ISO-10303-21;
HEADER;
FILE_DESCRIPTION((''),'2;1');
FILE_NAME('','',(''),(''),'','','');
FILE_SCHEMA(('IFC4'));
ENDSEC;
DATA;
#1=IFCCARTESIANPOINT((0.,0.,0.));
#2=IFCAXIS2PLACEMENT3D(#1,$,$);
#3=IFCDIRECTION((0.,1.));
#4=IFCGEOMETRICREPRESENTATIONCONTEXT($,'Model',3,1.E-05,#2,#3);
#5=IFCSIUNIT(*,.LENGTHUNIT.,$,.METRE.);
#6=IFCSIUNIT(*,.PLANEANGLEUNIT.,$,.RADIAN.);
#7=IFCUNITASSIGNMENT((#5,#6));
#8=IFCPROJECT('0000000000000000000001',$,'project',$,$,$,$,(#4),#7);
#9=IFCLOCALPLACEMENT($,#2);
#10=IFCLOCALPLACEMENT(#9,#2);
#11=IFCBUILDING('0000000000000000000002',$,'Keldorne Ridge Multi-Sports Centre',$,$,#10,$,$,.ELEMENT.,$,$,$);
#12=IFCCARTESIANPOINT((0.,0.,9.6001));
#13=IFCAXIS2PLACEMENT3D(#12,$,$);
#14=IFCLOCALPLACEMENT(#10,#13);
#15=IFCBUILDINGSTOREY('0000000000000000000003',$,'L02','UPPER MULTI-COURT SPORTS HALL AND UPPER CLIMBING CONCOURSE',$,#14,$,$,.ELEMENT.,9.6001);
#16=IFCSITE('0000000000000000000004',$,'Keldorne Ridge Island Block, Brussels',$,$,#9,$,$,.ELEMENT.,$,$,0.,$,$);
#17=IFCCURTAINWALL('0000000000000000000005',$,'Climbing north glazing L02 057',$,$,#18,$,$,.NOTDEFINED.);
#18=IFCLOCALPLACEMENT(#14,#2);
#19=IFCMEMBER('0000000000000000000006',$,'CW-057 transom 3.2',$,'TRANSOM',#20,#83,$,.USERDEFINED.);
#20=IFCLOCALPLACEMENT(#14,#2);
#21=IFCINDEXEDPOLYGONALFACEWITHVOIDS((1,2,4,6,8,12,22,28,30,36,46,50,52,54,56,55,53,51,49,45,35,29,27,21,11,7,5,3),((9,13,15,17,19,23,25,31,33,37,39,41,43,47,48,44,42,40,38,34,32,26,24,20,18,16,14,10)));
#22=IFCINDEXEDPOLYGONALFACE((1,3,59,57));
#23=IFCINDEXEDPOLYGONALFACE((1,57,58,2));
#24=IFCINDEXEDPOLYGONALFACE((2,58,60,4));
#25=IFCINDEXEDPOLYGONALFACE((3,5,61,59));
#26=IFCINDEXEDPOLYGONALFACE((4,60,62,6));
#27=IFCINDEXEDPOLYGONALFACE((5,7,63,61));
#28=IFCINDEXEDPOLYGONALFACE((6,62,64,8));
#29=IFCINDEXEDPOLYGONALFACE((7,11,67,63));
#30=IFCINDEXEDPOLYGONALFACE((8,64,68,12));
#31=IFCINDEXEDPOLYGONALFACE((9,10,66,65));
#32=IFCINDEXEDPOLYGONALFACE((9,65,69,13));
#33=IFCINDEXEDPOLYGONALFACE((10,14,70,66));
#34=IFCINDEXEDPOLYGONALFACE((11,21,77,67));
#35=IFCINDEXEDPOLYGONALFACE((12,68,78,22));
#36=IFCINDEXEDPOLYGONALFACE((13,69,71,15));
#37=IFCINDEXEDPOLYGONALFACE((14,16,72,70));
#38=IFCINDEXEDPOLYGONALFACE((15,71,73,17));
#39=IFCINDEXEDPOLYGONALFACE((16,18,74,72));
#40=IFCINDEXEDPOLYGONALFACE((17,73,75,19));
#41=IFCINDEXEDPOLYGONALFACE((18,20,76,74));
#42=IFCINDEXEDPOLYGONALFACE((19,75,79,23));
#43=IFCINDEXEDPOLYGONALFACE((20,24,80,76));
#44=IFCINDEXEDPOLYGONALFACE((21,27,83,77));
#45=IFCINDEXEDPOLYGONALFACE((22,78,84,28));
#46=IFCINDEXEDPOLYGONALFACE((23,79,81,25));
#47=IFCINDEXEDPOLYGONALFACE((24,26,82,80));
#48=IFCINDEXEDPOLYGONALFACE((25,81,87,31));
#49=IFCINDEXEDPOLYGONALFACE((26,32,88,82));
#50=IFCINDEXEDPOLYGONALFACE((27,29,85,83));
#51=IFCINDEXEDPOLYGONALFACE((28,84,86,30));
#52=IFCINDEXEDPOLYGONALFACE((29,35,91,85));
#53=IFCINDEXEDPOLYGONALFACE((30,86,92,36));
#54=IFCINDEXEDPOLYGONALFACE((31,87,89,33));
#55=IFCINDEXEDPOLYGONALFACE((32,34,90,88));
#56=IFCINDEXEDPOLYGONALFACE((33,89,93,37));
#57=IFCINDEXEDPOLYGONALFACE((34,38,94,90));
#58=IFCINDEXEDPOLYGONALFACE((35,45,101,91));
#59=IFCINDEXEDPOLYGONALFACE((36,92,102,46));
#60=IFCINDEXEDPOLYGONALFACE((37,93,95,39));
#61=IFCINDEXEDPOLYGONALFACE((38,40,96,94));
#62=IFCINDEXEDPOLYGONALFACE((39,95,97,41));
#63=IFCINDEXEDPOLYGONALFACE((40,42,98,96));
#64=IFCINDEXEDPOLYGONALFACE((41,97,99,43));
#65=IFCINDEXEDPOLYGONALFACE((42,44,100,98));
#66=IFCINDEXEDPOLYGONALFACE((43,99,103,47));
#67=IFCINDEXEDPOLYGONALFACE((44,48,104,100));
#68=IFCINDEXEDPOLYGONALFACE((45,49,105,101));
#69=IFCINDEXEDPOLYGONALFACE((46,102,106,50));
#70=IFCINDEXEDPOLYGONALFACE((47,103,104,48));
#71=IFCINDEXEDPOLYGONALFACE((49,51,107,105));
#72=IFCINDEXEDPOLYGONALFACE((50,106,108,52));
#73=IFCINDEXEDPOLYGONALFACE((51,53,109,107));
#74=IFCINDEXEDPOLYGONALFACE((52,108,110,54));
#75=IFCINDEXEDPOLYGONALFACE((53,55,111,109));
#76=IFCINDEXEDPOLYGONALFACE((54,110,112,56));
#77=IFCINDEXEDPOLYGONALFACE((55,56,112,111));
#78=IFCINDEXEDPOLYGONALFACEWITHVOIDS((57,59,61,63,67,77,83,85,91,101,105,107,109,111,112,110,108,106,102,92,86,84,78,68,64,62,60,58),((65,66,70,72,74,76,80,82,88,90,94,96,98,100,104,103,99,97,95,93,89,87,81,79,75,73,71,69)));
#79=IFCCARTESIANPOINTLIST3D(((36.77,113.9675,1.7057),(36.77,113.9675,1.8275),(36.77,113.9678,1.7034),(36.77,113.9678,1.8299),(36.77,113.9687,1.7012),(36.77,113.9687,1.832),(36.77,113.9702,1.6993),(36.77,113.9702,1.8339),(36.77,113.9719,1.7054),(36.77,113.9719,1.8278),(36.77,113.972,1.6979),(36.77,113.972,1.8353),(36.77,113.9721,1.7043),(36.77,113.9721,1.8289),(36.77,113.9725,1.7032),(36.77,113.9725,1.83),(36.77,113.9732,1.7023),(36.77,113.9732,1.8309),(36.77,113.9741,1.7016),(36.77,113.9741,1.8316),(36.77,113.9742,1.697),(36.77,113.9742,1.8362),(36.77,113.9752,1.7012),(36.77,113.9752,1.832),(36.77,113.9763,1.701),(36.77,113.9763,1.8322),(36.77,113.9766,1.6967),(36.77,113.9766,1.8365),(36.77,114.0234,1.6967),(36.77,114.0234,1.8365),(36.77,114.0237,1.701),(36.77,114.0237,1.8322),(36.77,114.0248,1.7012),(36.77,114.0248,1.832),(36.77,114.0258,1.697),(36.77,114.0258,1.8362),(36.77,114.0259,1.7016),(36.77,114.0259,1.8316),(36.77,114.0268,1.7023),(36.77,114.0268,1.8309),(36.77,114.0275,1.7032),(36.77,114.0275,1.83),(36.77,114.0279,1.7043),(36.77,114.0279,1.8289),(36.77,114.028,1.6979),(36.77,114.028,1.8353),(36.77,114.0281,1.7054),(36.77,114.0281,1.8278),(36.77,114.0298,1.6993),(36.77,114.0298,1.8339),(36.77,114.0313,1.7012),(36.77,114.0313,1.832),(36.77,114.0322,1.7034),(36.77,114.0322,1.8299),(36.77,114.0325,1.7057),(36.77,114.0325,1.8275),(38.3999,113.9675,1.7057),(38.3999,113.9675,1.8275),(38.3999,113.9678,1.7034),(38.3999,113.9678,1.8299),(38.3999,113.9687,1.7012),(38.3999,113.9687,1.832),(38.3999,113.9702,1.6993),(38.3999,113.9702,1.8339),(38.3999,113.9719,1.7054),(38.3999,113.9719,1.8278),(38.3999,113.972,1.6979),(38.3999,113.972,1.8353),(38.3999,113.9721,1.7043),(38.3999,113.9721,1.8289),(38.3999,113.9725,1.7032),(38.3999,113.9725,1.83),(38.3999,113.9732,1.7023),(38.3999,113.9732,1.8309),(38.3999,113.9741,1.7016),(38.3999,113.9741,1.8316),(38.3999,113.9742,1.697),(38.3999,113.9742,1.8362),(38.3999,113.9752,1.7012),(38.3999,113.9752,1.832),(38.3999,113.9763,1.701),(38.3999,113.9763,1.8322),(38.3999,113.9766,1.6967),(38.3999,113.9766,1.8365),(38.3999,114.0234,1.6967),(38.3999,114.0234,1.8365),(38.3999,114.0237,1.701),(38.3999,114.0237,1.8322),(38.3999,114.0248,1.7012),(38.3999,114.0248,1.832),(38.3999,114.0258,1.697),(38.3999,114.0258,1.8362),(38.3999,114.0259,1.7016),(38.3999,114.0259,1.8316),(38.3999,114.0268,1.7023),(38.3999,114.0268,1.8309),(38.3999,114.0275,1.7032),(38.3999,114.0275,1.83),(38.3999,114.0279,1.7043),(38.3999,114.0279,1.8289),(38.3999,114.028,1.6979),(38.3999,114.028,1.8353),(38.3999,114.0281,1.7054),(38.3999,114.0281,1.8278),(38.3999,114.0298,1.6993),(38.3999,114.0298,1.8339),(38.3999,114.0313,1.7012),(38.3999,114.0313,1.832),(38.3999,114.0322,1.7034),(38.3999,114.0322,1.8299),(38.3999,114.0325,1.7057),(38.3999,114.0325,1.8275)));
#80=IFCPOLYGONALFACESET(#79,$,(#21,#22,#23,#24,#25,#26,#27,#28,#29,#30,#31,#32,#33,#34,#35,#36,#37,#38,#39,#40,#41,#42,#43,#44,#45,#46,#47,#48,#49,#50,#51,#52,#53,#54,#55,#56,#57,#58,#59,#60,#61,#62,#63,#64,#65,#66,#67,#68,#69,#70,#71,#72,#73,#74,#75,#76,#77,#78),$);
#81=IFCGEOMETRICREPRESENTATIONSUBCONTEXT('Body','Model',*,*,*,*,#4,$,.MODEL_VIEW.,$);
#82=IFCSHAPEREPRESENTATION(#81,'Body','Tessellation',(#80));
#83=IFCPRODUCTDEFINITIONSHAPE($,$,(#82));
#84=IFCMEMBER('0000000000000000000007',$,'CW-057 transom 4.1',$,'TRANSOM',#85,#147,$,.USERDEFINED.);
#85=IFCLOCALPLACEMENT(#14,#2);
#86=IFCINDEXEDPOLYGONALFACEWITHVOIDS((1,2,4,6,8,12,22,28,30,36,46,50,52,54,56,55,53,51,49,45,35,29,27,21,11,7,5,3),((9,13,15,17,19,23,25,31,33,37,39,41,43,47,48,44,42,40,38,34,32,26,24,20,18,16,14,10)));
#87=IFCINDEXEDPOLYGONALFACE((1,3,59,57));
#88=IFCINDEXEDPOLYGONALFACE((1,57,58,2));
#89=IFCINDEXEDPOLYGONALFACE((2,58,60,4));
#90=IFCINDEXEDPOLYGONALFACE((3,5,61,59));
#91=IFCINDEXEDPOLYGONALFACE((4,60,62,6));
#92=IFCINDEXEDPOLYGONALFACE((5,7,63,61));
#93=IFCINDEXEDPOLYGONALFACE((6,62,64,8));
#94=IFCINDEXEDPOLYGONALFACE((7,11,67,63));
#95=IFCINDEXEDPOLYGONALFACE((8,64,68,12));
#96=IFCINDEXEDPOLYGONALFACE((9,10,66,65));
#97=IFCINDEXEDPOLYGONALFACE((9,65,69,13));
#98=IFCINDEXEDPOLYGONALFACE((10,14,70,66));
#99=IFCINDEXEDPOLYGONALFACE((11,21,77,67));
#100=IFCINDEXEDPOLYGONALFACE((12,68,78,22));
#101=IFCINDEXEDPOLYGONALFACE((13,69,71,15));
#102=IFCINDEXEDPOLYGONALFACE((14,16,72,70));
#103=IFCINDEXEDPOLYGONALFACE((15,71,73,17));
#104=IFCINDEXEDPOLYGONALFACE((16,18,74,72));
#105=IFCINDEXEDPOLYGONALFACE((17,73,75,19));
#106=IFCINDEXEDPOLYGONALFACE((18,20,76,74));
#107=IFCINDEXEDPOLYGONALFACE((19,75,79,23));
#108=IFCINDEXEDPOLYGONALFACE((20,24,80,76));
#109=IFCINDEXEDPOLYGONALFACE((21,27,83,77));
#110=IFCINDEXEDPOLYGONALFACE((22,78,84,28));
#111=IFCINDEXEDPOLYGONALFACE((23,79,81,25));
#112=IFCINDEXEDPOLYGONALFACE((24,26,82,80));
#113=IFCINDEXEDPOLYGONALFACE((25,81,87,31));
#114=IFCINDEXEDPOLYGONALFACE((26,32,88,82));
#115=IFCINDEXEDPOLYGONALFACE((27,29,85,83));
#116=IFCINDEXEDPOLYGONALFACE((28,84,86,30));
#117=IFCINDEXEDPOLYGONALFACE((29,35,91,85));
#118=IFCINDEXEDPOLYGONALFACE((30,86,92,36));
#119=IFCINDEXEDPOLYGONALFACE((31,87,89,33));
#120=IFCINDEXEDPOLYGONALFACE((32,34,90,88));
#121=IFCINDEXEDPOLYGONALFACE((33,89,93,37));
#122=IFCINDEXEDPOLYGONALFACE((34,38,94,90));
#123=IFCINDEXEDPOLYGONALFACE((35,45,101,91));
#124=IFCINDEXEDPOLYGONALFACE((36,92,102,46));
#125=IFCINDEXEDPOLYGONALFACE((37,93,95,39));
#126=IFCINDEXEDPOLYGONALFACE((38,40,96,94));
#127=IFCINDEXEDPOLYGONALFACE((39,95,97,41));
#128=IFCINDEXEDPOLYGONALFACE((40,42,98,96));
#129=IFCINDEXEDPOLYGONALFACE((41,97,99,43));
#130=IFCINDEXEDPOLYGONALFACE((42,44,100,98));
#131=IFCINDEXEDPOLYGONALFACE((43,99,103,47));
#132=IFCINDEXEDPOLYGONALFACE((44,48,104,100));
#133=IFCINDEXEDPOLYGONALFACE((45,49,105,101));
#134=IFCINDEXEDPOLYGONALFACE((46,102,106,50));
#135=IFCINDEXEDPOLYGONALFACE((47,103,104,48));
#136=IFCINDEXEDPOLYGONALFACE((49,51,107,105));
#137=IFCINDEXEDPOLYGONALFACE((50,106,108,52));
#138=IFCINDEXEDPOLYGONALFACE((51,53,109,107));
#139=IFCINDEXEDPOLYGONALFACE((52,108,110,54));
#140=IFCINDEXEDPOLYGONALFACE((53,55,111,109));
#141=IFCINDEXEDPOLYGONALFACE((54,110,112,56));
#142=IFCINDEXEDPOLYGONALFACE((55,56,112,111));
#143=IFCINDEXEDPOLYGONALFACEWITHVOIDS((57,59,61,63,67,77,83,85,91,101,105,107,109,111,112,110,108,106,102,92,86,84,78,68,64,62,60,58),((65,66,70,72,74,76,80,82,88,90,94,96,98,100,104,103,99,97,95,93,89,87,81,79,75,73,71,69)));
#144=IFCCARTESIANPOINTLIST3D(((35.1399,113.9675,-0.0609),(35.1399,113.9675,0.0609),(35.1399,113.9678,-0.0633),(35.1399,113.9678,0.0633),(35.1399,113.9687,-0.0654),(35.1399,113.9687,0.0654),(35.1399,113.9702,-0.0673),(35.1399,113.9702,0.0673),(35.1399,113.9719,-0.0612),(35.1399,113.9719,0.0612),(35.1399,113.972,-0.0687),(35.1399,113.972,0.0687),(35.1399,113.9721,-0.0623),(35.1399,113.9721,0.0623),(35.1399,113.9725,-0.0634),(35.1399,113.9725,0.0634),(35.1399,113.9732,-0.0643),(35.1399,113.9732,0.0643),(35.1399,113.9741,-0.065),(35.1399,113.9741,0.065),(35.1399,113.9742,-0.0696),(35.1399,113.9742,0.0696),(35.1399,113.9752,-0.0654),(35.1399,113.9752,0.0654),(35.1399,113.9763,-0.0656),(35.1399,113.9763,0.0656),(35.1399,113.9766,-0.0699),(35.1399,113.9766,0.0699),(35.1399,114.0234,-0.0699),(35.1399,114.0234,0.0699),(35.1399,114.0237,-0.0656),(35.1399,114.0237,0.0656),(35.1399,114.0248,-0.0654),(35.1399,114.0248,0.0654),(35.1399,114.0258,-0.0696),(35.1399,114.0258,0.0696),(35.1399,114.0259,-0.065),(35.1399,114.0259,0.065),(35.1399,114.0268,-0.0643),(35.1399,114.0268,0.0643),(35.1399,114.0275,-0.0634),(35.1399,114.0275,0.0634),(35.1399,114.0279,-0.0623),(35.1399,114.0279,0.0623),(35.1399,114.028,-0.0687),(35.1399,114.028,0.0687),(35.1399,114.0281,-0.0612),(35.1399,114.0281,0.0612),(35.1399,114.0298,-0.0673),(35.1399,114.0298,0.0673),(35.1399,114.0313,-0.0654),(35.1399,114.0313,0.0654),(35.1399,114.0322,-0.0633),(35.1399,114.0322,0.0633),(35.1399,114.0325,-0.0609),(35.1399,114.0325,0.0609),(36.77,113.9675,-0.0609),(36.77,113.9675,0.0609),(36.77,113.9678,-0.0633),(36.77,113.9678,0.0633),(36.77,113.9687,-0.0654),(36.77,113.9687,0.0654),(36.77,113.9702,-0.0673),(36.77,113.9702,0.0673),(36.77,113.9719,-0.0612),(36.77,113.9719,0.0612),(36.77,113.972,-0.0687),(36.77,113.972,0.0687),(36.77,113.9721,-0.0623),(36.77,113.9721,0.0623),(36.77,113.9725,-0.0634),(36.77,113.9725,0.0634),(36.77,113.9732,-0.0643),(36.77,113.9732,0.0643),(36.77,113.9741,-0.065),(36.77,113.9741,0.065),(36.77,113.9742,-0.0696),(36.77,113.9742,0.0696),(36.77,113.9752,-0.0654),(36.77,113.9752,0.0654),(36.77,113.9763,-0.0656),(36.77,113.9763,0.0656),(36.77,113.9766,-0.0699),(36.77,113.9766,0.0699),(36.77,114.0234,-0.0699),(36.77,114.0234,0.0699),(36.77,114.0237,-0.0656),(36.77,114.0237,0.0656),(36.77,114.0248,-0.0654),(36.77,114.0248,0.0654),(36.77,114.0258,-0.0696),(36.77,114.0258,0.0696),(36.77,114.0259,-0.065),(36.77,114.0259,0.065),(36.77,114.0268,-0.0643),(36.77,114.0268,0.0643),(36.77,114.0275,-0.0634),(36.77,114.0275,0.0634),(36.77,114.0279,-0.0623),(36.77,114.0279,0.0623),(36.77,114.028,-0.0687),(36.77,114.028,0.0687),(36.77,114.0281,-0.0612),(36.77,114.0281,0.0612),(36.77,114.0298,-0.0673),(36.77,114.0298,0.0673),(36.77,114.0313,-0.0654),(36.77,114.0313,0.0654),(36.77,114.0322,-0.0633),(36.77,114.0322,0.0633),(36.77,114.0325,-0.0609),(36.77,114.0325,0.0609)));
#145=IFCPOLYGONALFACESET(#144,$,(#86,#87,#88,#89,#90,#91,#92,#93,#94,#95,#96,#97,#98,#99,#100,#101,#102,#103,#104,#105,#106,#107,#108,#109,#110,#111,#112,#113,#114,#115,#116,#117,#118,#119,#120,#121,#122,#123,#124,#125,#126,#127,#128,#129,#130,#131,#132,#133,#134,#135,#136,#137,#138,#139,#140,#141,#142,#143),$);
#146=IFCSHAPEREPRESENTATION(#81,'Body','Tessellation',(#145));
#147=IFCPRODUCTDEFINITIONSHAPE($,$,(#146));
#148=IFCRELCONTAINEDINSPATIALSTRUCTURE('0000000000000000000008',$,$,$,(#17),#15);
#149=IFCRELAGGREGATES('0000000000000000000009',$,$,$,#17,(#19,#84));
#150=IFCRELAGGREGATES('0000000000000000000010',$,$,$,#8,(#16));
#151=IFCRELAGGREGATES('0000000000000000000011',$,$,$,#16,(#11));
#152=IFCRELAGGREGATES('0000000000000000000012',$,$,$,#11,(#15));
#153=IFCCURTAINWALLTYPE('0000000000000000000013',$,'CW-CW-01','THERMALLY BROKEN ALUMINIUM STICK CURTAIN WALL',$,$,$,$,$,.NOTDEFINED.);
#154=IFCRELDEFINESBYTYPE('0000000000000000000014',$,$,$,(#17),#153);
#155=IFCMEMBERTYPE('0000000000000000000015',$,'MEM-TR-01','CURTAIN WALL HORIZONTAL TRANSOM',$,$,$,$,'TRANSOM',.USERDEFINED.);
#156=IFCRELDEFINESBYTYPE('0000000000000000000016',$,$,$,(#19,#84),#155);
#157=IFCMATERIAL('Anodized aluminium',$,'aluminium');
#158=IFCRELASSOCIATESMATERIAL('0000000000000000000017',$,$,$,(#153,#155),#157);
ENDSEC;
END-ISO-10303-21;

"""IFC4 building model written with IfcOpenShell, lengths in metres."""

from ifc_helpers import new_model, si_unit, direction, frame, origin, origin_2d, place, context, subcontext, project, spatial, hollow_rectangle, extrude, material, material_profile, profile_set, type_object, element, aggregate, save


model = new_model("IFC4")

# Units and contexts
model_context = context("Model", 3, precision=1e-05, world=origin(), true_north=direction((0.0, 1.0)))
body_context = subcontext(model_context, "Body", "Model", "MODEL_VIEW")
ifc_project = project(units=[si_unit("LENGTHUNIT", "METRE"), si_unit("PLANEANGLEUNIT", "RADIAN")], contexts=[model_context])

# Site, building, storey
site_placement = place(None, origin())
site = spatial("IfcSite", under=ifc_project, at=site_placement, Name="Keldorne Ridge Island Block, Brussels", CompositionType="ELEMENT", RefElevation=0.0)
building_placement = place(site_placement, origin())
building = spatial("IfcBuilding", under=site, at=building_placement, Name="Keldorne Ridge Multi-Sports Centre", CompositionType="ELEMENT")
storey_placement = place(building_placement, frame((0.0, 0.0, 9.6001)))
storey = spatial("IfcBuildingStorey", under=building, at=storey_placement, Name="L02", Description="UPPER MULTI-COURT SPORTS HALL AND UPPER CLIMBING CONCOURSE", CompositionType="ELEMENT", Elevation=9.6001)

# Shared definitions
ifc_material_1 = material(Name="Anodized aluminium", Category="aluminium")

# Curtain wall, members
curtain_wall_type_1 = type_object("IfcCurtainWallType", Name="CW-CW-01", Description="THERMALLY BROKEN ALUMINIUM STICK CURTAIN WALL", PredefinedType="NOTDEFINED", material=ifc_material_1)
curtain_wall_1_placement = place(storey_placement, origin())
curtain_wall_1 = element("IfcCurtainWall", 1, at=curtain_wall_1_placement, inside=storey, type_object=curtain_wall_type_1, Name="Climbing north glazing L02 057", PredefinedType="NOTDEFINED")
ifc_material_profile_1 = material_profile(ifc_material_1, hollow_rectangle(XDim=0.0649, YDim=0.1399, WallThickness=0.0044, InnerFilletRadius=0.0044, OuterFilletRadius=0.009, at=origin_2d()), Name="ALU TRANSOM 140x65x4.5")
ifc_profile_set_1 = profile_set([ifc_material_profile_1], Name="Anodized aluminium")
member_type_1 = type_object("IfcMemberType", Name="MEM-TR-01", Description="CURTAIN WALL HORIZONTAL TRANSOM", ElementType="TRANSOM", PredefinedType="USERDEFINED", material=ifc_profile_set_1)
member_1_placement = place(storey_placement, frame((38.3999, 114.0, 1.7666), z_axis=(-1.0, 0.0, 0.0), x_axis=(0.0, -1.0, 0.0)))
member_1 = element("IfcMember", 2, at=member_1_placement, type_object=member_type_1, Name="CW-057 transom 3.2", ObjectType="TRANSOM", PredefinedType="USERDEFINED", context=body_context, shape_type="SweptSolid", body=[
    extrude(hollow_rectangle(XDim=0.0649, YDim=0.1399, WallThickness=0.0044, InnerFilletRadius=0.0044, OuterFilletRadius=0.009, at=origin_2d()), origin(), (0.0, 0.0, 1.0), 1.6299),
])
member_2_placement = place(storey_placement, frame((36.77, 114.0, 0.0), z_axis=(-1.0, 0.0, 0.0), x_axis=(0.0, -1.0, 0.0)))
member_2 = element("IfcMember", 3, at=member_2_placement, type_object=member_type_1, Name="CW-057 transom 4.1", ObjectType="TRANSOM", PredefinedType="USERDEFINED", context=body_context, shape_type="SweptSolid", body=[
    extrude(hollow_rectangle(XDim=0.0649, YDim=0.1399, WallThickness=0.0044, InnerFilletRadius=0.0044, OuterFilletRadius=0.009, at=origin_2d()), origin(), (0.0, 0.0, 1.0), 1.6301),
])

aggregate(curtain_wall_1, [member_1, member_2])

save(model, "model.ifc")
